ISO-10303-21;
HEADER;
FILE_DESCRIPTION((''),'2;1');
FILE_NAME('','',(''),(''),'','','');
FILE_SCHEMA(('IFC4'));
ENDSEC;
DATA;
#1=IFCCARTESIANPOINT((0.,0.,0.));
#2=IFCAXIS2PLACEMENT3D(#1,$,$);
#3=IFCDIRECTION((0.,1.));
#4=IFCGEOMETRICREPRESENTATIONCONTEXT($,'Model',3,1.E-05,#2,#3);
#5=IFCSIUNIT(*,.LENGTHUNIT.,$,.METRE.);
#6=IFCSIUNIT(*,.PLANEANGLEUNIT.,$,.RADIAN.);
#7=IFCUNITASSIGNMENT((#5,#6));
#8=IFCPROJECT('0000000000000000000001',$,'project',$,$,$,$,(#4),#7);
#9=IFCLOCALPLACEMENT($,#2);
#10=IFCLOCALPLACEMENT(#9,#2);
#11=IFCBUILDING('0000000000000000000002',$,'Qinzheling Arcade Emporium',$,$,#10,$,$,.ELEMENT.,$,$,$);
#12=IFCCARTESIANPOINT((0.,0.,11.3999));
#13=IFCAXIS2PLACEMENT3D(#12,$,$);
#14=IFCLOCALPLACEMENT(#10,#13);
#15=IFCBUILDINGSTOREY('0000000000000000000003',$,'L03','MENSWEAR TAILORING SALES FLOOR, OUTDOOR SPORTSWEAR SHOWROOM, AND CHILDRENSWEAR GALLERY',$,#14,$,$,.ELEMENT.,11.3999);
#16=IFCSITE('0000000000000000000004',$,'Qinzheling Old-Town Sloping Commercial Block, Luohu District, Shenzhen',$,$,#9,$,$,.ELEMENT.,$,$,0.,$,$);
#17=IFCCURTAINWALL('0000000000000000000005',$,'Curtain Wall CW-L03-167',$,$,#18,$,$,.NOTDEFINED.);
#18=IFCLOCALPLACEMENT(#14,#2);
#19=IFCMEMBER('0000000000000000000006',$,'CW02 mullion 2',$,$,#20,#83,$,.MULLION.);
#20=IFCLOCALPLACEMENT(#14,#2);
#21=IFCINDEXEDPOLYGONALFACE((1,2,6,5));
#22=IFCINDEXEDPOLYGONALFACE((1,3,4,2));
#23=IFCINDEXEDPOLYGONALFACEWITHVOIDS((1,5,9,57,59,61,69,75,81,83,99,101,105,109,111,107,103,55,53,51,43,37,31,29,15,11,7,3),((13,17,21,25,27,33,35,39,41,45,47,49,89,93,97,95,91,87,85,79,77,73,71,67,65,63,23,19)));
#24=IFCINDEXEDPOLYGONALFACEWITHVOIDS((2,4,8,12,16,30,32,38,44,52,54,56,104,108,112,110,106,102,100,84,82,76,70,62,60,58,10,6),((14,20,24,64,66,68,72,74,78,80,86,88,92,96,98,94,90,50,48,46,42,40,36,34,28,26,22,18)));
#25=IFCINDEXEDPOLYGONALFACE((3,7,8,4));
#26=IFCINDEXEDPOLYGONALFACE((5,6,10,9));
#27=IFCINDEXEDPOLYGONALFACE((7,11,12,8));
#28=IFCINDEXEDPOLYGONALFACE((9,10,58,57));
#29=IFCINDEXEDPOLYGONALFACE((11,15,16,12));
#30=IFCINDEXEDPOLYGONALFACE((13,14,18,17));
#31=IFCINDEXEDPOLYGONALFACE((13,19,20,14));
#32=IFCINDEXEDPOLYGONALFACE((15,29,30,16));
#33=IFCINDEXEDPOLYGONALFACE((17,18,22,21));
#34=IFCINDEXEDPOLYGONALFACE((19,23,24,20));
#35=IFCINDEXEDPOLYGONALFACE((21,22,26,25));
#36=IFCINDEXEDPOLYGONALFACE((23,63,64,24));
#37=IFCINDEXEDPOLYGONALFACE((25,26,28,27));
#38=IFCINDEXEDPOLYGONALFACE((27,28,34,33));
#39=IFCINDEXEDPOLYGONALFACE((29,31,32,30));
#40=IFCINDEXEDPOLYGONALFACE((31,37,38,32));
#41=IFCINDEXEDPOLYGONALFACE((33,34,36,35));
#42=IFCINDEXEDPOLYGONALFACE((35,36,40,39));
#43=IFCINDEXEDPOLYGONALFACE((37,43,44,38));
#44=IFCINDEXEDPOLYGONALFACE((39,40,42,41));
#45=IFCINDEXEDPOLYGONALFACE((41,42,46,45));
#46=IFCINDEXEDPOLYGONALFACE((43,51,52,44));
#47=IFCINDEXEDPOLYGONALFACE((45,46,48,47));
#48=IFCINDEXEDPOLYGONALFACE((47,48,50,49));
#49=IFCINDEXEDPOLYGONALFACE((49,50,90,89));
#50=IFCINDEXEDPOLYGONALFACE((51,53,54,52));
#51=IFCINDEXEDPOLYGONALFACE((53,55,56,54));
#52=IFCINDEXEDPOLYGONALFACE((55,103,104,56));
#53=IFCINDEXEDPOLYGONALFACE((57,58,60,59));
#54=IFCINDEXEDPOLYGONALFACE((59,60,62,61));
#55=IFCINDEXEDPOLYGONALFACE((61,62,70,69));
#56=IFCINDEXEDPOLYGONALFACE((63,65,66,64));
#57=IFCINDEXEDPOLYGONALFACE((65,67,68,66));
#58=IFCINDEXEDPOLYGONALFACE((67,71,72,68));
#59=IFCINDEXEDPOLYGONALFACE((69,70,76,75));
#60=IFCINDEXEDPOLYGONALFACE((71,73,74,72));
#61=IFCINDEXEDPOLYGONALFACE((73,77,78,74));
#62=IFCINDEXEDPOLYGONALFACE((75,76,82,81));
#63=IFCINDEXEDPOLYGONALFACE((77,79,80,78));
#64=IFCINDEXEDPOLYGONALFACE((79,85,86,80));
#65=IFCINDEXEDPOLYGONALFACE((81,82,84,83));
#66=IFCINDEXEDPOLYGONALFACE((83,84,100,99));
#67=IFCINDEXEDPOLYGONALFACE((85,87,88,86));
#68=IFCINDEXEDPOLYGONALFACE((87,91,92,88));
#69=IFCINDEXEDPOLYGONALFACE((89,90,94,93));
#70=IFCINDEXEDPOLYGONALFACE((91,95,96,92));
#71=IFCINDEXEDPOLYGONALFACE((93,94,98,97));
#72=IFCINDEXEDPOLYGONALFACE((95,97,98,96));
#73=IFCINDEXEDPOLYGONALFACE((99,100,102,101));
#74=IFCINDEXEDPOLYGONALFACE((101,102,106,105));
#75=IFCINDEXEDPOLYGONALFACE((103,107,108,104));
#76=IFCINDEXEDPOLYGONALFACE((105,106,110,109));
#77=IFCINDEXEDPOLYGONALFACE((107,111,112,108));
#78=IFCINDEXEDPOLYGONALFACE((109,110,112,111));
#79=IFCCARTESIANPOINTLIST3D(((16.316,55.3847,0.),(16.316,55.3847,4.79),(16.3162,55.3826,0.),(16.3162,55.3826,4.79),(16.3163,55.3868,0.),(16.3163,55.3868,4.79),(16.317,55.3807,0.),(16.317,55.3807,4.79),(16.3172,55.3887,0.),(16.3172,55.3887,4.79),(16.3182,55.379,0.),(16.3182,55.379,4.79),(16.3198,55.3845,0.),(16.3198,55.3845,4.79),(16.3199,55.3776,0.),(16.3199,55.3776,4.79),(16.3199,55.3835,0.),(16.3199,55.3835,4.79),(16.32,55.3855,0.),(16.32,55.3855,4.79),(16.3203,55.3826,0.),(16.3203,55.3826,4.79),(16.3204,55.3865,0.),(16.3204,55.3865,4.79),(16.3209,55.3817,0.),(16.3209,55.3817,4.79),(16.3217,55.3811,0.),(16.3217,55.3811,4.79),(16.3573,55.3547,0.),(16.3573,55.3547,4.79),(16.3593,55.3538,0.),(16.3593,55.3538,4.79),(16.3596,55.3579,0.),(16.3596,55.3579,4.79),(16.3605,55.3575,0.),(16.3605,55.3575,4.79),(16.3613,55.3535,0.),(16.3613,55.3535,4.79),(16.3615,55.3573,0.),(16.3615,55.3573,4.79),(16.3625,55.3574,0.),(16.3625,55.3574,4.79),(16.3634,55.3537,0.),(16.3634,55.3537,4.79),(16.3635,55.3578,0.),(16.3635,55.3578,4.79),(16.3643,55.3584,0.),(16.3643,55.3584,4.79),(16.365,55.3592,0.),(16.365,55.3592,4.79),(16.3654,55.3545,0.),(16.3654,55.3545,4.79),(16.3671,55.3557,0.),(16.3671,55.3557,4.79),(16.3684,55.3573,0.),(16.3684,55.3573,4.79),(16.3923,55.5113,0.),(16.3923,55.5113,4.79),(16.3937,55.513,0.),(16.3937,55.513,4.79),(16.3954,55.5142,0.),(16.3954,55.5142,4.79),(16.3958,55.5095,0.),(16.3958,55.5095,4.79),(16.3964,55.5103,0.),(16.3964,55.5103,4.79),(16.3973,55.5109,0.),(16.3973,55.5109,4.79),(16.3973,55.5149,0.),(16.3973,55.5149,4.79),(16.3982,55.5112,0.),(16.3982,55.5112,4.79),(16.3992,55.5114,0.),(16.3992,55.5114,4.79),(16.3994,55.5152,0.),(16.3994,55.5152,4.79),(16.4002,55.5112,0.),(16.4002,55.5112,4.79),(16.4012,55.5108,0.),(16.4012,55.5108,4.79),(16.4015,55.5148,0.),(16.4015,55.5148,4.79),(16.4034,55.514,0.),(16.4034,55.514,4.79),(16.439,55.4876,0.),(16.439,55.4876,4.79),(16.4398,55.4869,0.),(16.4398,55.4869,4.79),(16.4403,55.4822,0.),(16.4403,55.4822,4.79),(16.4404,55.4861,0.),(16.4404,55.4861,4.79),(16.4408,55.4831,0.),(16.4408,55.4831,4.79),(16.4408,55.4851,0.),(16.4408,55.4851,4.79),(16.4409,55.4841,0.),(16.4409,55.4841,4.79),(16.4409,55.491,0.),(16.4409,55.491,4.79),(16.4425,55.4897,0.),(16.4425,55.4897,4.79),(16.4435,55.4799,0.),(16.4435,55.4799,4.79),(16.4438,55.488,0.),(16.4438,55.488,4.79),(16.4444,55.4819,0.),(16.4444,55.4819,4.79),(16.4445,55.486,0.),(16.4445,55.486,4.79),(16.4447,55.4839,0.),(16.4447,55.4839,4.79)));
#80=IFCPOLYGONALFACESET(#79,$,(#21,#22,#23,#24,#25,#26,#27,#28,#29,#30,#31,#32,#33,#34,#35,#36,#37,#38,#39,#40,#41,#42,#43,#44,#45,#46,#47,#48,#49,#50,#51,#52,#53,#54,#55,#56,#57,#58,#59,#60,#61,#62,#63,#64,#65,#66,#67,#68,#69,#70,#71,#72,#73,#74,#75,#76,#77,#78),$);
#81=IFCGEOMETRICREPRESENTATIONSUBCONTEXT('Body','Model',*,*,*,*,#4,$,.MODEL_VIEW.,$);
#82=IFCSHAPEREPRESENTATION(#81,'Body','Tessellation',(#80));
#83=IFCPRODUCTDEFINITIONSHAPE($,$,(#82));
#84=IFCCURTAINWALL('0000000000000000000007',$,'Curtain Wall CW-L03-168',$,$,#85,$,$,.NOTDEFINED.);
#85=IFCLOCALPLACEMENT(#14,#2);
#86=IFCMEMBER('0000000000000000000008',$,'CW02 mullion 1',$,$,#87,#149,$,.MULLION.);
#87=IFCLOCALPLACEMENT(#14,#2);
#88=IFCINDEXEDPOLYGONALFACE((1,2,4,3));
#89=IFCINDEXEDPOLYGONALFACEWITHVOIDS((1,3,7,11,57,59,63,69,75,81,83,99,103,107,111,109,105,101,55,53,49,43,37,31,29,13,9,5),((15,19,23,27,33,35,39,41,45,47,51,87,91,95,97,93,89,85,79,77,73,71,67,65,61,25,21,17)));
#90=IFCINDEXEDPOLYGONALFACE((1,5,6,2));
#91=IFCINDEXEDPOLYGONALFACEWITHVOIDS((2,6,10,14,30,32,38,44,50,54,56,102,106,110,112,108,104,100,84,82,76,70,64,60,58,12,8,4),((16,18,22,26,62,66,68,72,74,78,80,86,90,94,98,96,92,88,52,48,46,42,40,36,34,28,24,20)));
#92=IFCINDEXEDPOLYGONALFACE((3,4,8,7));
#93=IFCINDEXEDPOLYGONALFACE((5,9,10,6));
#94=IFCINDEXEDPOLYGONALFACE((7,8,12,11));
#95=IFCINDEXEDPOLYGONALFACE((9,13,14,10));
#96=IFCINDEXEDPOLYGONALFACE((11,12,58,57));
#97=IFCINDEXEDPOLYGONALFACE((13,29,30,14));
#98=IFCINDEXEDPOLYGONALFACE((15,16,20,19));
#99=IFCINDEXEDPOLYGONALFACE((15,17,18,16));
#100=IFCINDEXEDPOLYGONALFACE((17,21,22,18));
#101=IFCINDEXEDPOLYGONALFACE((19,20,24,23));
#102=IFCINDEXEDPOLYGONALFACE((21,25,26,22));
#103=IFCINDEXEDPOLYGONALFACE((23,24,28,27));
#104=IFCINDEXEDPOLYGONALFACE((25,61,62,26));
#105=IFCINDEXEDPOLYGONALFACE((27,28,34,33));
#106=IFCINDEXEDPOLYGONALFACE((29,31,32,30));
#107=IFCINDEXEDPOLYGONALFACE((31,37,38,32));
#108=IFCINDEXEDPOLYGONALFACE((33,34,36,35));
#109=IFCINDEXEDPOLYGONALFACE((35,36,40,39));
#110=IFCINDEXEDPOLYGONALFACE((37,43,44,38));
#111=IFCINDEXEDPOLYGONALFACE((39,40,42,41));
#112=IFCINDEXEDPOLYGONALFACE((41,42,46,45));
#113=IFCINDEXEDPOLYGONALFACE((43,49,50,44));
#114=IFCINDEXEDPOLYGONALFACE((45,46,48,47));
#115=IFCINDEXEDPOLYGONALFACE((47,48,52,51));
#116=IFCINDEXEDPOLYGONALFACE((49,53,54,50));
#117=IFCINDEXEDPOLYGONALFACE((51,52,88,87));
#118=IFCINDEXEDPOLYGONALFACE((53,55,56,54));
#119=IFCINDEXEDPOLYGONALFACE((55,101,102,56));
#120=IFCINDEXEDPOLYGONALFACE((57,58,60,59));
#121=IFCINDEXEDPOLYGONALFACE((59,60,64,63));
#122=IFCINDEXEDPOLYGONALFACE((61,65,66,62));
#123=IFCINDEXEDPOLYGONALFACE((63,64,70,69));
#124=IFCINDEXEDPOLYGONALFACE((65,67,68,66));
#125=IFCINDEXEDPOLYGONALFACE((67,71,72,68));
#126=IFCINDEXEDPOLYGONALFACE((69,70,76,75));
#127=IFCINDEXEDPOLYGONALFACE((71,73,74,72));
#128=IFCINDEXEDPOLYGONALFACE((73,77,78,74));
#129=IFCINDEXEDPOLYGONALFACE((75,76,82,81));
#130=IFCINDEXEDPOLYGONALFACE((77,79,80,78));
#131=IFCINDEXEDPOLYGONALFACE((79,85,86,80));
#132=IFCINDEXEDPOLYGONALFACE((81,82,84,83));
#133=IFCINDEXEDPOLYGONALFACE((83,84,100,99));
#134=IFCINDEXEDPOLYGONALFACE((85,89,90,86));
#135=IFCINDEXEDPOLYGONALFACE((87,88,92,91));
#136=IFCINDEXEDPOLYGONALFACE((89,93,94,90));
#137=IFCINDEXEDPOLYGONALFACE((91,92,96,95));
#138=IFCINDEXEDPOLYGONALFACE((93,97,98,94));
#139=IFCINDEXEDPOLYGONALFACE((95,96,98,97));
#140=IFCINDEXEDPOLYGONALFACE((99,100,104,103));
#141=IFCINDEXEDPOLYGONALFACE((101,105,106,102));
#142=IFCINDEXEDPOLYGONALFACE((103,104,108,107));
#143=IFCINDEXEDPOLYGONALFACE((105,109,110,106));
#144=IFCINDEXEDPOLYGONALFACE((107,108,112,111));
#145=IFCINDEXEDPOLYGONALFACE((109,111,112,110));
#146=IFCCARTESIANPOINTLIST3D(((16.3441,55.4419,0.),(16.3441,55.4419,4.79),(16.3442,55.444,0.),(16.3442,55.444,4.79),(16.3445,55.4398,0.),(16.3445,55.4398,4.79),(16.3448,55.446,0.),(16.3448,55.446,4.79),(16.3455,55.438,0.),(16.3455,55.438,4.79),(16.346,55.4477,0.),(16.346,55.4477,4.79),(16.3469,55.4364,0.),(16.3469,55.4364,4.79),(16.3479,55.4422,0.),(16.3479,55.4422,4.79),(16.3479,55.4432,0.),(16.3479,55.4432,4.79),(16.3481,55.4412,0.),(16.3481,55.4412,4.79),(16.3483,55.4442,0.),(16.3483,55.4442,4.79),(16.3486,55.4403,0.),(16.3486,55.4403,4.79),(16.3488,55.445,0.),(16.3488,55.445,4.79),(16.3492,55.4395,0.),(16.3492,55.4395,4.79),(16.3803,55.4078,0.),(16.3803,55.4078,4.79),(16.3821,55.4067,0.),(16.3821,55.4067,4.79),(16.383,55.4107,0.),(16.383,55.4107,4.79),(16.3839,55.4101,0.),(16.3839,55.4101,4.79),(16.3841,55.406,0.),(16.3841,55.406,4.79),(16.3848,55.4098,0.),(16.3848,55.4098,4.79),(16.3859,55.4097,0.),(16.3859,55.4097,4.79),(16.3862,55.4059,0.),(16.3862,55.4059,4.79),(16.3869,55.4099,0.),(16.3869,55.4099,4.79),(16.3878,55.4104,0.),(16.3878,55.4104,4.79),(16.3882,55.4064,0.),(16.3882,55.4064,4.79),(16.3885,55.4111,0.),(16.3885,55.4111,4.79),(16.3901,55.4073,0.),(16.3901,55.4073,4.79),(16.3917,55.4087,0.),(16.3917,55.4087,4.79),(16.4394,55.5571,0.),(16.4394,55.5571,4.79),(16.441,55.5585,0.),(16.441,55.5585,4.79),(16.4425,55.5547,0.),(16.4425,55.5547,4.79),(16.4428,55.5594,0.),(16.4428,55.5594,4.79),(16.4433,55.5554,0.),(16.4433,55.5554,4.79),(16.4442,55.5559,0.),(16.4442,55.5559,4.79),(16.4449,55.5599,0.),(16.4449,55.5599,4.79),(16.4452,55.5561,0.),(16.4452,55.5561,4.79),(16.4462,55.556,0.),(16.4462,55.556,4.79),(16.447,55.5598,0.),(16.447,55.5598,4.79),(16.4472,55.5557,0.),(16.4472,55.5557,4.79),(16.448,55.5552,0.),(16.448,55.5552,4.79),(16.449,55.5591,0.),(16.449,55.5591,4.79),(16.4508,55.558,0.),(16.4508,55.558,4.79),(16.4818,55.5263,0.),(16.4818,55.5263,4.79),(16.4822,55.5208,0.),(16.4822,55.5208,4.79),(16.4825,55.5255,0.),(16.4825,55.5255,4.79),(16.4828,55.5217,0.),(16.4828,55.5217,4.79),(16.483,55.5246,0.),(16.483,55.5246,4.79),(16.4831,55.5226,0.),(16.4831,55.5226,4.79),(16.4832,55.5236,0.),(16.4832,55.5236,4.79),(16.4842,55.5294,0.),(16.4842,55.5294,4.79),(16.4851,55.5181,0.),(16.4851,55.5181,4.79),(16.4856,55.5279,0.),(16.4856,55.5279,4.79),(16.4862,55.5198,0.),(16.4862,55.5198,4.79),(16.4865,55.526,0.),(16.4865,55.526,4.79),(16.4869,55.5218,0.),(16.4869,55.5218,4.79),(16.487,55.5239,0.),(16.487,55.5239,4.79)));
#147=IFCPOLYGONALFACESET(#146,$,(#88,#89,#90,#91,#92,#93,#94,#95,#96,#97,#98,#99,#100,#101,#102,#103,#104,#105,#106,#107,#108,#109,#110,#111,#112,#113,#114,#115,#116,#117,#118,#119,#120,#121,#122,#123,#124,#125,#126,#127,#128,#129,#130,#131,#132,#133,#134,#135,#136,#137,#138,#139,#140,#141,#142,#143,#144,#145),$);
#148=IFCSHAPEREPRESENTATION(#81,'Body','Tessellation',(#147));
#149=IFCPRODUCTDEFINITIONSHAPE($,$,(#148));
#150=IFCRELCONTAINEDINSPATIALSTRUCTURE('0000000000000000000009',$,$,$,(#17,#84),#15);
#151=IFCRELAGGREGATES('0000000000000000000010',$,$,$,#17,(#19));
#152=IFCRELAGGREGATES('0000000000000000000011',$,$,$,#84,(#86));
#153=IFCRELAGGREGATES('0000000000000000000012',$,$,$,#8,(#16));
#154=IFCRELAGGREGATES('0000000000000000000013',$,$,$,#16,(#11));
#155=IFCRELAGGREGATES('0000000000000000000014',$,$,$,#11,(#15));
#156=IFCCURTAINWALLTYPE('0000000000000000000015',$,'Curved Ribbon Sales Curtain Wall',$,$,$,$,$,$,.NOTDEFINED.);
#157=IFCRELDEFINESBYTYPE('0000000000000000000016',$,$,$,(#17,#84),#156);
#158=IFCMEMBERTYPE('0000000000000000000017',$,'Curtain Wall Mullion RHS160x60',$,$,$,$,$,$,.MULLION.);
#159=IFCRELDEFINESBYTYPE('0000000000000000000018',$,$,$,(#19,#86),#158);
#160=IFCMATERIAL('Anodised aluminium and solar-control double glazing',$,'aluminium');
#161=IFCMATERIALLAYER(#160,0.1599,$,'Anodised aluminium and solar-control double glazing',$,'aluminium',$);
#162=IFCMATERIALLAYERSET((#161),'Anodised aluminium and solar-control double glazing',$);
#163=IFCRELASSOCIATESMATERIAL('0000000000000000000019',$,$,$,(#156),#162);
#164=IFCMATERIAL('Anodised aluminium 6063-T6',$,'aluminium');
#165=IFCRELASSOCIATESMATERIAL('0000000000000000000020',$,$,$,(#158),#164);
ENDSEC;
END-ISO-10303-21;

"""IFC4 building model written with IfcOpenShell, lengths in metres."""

from ifc_helpers import new_model, si_unit, direction, frame, origin, origin_2d, place, context, subcontext, project, spatial, hollow_rectangle, extrude, material, layer, layer_set, material_profile, profile_set, type_object, element, aggregate, save


model = new_model("IFC4")

# Units and contexts
model_context = context("Model", 3, precision=1e-05, world=origin(), true_north=direction((0.0, 1.0)))
body_context = subcontext(model_context, "Body", "Model", "MODEL_VIEW")
ifc_project = project(units=[si_unit("LENGTHUNIT", "METRE"), si_unit("PLANEANGLEUNIT", "RADIAN")], contexts=[model_context])

# Site, building, storey
site_placement = place(None, origin())
site = spatial("IfcSite", under=ifc_project, at=site_placement, Name="Qinzheling Old-Town Sloping Commercial Block, Luohu District, Shenzhen", CompositionType="ELEMENT", RefElevation=0.0)
building_placement = place(site_placement, origin())
building = spatial("IfcBuilding", under=site, at=building_placement, Name="Qinzheling Arcade Emporium", CompositionType="ELEMENT")
storey_placement = place(building_placement, frame((0.0, 0.0, 11.3999)))
storey = spatial("IfcBuildingStorey", under=building, at=storey_placement, Name="L03", Description="MENSWEAR TAILORING SALES FLOOR, OUTDOOR SPORTSWEAR SHOWROOM, AND CHILDRENSWEAR GALLERY", CompositionType="ELEMENT", Elevation=11.3999)

# Shared definitions
ifc_material_1 = material(Name="Anodised aluminium and solar-control double glazing", Category="aluminium")
ifc_layer_1 = layer(ifc_material_1, 0.1599, Name="Anodised aluminium and solar-control double glazing", Category="aluminium")
ifc_layer_set_1 = layer_set([ifc_layer_1], Name="Anodised aluminium and solar-control double glazing")
curtain_wall_type = type_object("IfcCurtainWallType", Name="Curved Ribbon Sales Curtain Wall", PredefinedType="NOTDEFINED", material=ifc_layer_set_1)
ifc_material_2 = material(Name="Anodised aluminium 6063-T6", Category="aluminium")
ifc_material_profile_1 = material_profile(ifc_material_2, hollow_rectangle(XDim=0.0601, YDim=0.1599, WallThickness=0.0039, InnerFilletRadius=0.0039, OuterFilletRadius=0.0081, at=origin_2d()), Name="RHS 160x60x4", Category="aluminium")
ifc_profile_set_1 = profile_set([ifc_material_profile_1], Name="Anodised aluminium 6063-T6")
member_type_1 = type_object("IfcMemberType", Name="Curtain Wall Mullion RHS160x60", PredefinedType="MULLION", material=ifc_profile_set_1)

# Curtain walls, members
curtain_wall_1_placement = place(storey_placement, origin())
curtain_wall_1 = element("IfcCurtainWall", 1, at=curtain_wall_1_placement, inside=storey, type_object=curtain_wall_type, Name="Curtain Wall CW-L03-167", PredefinedType="NOTDEFINED")
member_1_placement = place(storey_placement, frame((16.3804, 55.4343, 0.0), z_axis=(0.0, 0.0, 1.0), x_axis=(-0.852665, 0.522458, 0.0)))
member_1 = element("IfcMember", 2, at=member_1_placement, type_object=member_type_1, Name="CW02 mullion 2", PredefinedType="MULLION", context=body_context, shape_type="SweptSolid", body=[
    extrude(hollow_rectangle(XDim=0.0601, YDim=0.1599, WallThickness=0.0039, InnerFilletRadius=0.0039, OuterFilletRadius=0.0081, at=origin_2d()), origin(), (0.0, 0.0, 1.0), 4.79),
])
curtain_wall_2_placement = place(storey_placement, origin())
curtain_wall_2 = element("IfcCurtainWall", 3, at=curtain_wall_2_placement, inside=storey, type_object=curtain_wall_type, Name="Curtain Wall CW-L03-168", PredefinedType="NOTDEFINED")
member_2_placement = place(storey_placement, frame((16.4155, 55.4829, 0.0), z_axis=(0.0, 0.0, 1.0), x_axis=(-0.760351, 0.649513, 0.0)))
member_2 = element("IfcMember", 4, at=member_2_placement, type_object=member_type_1, Name="CW02 mullion 1", PredefinedType="MULLION", context=body_context, shape_type="SweptSolid", body=[
    extrude(hollow_rectangle(XDim=0.0601, YDim=0.1599, WallThickness=0.0039, InnerFilletRadius=0.0039, OuterFilletRadius=0.0081, at=origin_2d()), origin(), (0.0, 0.0, 1.0), 4.79),
])

aggregate(curtain_wall_1, [member_1])
aggregate(curtain_wall_2, [member_2])

save(model, "model.ifc")
